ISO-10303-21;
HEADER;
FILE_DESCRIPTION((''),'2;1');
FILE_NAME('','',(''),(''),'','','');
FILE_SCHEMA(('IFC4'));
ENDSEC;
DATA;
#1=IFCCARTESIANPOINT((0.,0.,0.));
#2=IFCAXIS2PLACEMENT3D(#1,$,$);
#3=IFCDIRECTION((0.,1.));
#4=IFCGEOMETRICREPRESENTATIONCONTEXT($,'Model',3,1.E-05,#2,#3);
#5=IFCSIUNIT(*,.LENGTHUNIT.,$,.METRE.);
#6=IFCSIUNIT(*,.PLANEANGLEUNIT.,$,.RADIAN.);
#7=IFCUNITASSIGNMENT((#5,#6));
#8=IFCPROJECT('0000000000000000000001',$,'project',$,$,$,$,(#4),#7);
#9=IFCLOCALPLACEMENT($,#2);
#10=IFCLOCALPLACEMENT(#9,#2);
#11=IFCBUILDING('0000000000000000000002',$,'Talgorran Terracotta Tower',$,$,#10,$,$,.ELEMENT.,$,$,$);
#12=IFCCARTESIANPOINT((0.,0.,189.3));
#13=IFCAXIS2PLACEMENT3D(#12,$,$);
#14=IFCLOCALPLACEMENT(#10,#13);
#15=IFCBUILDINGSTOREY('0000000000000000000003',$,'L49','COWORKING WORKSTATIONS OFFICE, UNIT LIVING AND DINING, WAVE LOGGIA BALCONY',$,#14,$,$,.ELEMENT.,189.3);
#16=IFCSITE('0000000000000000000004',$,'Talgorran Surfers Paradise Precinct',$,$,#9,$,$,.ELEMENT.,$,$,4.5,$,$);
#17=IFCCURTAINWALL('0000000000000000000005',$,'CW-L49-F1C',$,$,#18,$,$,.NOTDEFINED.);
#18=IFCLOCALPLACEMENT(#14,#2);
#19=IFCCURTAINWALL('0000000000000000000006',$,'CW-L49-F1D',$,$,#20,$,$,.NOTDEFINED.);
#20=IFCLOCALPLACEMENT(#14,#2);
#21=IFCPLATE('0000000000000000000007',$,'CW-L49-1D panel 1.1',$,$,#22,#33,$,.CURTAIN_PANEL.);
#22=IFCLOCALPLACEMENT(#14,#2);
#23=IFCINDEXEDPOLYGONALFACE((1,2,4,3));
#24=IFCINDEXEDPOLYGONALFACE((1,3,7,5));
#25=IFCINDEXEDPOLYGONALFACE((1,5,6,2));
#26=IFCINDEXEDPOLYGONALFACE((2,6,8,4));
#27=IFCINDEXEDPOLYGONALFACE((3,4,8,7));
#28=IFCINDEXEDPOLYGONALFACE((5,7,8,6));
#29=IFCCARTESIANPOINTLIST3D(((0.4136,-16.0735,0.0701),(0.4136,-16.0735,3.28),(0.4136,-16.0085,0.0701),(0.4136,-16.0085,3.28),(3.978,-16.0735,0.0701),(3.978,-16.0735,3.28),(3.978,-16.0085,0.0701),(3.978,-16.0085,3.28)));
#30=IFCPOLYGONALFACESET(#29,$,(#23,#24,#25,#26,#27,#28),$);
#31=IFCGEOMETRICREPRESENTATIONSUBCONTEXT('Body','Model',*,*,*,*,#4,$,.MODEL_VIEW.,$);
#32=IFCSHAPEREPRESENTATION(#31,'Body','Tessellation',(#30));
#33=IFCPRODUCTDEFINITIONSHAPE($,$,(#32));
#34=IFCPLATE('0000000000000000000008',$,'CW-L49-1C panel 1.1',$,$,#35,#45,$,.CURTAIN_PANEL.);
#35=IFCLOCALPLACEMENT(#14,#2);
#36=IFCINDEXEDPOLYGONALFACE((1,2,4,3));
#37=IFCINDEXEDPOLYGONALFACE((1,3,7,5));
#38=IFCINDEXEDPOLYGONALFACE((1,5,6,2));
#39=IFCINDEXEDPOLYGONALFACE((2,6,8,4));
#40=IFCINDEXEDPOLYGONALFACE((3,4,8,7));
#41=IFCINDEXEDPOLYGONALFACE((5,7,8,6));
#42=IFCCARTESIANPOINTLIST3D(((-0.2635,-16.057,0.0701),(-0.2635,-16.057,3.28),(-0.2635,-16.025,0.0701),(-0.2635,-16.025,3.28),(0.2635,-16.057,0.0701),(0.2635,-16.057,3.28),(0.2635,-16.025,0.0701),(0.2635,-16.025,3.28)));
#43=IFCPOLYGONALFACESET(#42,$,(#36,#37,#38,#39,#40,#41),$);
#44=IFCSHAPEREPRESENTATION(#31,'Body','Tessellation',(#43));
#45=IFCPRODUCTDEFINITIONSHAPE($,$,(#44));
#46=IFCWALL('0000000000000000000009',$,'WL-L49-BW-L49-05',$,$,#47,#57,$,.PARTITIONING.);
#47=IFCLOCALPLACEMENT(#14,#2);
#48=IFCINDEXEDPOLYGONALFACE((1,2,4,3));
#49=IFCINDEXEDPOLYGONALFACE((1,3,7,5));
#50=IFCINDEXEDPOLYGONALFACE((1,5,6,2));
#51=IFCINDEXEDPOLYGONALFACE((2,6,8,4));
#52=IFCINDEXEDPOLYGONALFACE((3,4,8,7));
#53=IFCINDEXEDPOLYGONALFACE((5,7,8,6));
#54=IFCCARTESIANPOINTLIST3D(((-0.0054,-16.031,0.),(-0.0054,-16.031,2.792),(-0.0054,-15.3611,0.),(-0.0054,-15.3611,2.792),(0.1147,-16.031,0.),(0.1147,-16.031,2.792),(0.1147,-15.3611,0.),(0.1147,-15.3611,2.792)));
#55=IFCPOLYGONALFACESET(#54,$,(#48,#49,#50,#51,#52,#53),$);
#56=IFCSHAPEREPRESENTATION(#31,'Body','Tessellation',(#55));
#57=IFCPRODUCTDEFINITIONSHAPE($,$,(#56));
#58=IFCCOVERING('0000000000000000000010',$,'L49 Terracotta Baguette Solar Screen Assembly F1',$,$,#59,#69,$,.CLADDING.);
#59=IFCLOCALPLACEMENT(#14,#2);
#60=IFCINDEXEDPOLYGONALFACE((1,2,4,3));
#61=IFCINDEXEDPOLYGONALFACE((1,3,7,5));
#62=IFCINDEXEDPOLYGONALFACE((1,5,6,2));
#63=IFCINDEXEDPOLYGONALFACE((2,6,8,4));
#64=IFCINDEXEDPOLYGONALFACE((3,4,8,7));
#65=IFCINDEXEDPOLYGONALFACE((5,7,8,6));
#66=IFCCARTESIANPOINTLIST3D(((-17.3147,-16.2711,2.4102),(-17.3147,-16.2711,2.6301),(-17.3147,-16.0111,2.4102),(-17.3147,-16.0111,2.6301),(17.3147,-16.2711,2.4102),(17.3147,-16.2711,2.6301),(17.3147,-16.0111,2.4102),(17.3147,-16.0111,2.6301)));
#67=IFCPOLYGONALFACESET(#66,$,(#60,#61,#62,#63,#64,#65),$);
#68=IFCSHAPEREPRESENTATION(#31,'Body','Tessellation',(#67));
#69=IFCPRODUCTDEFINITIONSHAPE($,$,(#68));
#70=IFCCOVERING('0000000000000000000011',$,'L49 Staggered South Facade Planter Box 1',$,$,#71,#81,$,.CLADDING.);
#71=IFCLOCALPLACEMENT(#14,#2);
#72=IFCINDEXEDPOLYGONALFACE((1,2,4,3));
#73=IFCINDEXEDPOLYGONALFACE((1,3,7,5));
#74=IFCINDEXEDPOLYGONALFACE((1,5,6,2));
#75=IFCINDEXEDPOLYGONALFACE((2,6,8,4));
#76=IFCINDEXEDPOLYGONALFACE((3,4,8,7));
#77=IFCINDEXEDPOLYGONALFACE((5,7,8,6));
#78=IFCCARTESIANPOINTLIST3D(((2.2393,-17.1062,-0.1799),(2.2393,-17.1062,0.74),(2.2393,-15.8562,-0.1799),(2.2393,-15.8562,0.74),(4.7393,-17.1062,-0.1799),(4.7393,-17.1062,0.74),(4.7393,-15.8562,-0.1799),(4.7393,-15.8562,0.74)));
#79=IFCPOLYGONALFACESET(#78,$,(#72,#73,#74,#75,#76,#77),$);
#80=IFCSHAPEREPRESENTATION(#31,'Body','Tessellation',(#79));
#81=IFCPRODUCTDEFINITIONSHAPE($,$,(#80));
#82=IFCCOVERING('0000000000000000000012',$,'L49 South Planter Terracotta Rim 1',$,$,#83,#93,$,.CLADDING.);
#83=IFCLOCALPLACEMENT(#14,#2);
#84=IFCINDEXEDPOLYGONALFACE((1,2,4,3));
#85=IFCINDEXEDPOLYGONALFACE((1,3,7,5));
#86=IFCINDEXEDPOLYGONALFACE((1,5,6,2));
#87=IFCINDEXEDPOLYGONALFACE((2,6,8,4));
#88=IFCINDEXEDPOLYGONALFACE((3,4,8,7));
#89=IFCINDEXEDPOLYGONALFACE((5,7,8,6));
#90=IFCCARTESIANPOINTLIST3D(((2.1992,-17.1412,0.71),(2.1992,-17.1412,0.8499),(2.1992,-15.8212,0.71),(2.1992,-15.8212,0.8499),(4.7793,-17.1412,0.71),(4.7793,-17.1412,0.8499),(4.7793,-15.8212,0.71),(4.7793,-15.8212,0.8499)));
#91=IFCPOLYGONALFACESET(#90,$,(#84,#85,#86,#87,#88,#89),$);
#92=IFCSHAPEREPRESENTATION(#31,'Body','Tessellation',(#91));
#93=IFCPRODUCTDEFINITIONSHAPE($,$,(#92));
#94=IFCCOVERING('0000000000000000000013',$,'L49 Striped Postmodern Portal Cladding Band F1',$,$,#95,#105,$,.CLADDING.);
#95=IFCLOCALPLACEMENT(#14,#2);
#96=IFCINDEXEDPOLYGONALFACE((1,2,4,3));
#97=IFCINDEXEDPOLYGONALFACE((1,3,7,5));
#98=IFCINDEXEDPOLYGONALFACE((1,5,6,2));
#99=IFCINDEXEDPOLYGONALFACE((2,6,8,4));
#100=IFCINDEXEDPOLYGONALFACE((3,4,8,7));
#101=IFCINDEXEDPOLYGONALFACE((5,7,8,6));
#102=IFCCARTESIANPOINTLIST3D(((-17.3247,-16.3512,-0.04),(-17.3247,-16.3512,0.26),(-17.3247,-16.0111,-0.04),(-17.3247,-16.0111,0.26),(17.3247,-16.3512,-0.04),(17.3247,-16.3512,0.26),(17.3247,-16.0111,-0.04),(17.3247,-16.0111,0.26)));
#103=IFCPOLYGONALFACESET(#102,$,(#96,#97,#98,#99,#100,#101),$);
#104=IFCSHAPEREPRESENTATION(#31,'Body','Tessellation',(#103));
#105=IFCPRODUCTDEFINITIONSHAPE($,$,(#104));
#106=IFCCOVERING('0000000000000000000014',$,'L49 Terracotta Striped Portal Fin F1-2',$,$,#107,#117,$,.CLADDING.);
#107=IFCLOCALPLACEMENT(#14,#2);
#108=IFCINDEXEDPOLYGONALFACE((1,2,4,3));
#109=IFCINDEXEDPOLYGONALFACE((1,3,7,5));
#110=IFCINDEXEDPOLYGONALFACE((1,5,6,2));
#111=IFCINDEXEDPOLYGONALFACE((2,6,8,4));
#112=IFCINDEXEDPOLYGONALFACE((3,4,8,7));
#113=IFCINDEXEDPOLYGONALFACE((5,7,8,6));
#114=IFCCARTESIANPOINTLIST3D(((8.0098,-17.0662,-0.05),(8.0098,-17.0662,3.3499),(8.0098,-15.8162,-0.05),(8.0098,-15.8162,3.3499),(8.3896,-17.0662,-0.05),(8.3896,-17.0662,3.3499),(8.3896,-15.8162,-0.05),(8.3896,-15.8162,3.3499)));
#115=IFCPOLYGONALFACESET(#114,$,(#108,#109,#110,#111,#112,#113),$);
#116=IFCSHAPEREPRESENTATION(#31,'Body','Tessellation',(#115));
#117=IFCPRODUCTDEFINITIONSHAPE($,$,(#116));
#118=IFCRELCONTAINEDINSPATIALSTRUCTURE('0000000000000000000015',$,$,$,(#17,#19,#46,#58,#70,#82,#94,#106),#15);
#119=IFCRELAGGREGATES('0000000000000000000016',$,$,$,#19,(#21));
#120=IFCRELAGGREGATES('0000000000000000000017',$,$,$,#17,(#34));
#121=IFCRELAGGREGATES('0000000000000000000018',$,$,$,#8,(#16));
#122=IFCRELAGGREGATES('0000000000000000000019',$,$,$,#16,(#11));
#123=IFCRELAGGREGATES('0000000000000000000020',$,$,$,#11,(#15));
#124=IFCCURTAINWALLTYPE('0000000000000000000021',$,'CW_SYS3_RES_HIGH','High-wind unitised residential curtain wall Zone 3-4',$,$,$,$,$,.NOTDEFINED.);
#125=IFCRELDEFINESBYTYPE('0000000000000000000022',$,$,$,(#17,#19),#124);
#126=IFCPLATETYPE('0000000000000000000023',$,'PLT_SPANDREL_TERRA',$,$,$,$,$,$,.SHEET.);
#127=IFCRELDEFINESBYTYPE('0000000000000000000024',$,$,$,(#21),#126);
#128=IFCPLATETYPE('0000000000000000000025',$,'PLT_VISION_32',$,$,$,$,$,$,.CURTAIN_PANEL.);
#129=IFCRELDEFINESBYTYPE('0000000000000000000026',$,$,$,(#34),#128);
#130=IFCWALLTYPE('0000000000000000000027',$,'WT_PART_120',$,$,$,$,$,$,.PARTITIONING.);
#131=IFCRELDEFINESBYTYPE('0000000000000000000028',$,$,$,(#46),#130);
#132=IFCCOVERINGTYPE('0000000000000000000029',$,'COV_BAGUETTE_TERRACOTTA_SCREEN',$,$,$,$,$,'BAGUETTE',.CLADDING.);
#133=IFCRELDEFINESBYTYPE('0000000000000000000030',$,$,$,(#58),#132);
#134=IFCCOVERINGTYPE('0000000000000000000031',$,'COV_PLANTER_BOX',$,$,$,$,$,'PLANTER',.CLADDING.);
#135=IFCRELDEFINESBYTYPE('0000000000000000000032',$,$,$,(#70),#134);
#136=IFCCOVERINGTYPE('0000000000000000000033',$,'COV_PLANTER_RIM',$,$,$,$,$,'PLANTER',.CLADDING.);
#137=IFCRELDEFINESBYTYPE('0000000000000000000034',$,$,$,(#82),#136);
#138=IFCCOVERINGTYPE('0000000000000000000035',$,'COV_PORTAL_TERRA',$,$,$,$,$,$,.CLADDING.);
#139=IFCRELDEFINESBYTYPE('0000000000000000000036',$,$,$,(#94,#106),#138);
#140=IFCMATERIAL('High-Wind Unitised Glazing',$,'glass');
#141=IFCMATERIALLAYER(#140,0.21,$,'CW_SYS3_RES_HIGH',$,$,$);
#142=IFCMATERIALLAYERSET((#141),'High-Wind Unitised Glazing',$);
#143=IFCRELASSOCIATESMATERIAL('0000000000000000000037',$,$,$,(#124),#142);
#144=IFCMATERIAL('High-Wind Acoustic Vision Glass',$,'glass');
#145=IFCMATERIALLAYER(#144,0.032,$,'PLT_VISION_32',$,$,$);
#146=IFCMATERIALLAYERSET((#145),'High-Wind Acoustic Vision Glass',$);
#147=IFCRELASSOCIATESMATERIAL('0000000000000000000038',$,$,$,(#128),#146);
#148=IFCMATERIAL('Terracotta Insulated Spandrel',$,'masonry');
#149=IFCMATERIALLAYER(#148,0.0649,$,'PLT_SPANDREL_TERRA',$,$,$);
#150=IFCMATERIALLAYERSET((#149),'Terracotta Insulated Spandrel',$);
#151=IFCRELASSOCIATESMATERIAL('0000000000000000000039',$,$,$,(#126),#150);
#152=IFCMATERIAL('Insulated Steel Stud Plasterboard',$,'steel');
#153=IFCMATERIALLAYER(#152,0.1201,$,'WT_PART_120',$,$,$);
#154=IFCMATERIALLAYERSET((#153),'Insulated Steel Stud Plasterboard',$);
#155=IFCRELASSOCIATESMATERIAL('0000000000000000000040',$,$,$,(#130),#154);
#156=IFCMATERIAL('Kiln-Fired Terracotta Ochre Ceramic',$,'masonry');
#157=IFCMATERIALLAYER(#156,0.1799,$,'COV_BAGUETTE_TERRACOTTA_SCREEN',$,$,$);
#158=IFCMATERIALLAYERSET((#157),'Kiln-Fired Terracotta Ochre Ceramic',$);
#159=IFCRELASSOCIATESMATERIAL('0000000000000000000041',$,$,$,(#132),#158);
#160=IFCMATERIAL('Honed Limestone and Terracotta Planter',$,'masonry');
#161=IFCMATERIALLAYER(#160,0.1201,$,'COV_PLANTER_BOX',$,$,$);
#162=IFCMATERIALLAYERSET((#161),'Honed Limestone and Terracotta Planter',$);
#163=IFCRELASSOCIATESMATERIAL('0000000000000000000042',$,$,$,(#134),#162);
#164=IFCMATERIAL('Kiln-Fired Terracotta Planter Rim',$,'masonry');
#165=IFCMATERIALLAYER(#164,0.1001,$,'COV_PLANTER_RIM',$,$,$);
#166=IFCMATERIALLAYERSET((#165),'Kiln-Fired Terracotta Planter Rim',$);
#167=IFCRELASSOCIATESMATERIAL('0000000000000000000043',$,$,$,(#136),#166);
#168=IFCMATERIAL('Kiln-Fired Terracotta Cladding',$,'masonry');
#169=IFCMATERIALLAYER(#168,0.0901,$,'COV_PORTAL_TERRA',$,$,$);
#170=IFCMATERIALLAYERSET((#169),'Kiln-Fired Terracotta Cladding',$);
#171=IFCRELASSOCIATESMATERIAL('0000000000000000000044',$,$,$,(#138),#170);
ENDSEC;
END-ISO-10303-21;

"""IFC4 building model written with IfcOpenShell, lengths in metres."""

from ifc_helpers import new_model, si_unit, direction, frame, frame_2d, origin, origin_2d, place, context, subcontext, project, spatial, rectangle, extrude, source, transform, mapped, material, layer, layer_set, type_object, type_shapes, element, aggregate, save


model = new_model("IFC4")

# Units and contexts
model_context = context("Model", 3, precision=1e-05, world=origin(), true_north=direction((0.0, 1.0)))
body_context = subcontext(model_context, "Body", "Model", "MODEL_VIEW")
ifc_project = project(units=[si_unit("LENGTHUNIT", "METRE"), si_unit("PLANEANGLEUNIT", "RADIAN")], contexts=[model_context])

# Site, building, storey
site_placement = place(None, origin())
site = spatial("IfcSite", under=ifc_project, at=site_placement, Name="Talgorran Surfers Paradise Precinct", CompositionType="ELEMENT", RefElevation=4.5)
building_placement = place(site_placement, origin())
building = spatial("IfcBuilding", under=site, at=building_placement, Name="Talgorran Terracotta Tower", CompositionType="ELEMENT")
storey_placement = place(building_placement, frame((0.0, 0.0, 189.3)))
storey = spatial("IfcBuildingStorey", under=building, at=storey_placement, Name="L49", Description="COWORKING WORKSTATIONS OFFICE, UNIT LIVING AND DINING, WAVE LOGGIA BALCONY", CompositionType="ELEMENT", Elevation=189.3)

# Curtain wall
ifc_material_1 = material(Name="High-Wind Unitised Glazing", Category="glass")
ifc_layer_1 = layer(ifc_material_1, 0.21, Name="CW_SYS3_RES_HIGH")
ifc_layer_set_1 = layer_set([ifc_layer_1], Name="High-Wind Unitised Glazing")
curtain_wall_type = type_object("IfcCurtainWallType", Name="CW_SYS3_RES_HIGH", Description="High-wind unitised residential curtain wall Zone 3-4", PredefinedType="NOTDEFINED", material=ifc_layer_set_1)
curtain_wall_1_placement = place(storey_placement, origin())
curtain_wall_1 = element("IfcCurtainWall", 1, at=curtain_wall_1_placement, inside=storey, type_object=curtain_wall_type, Name="CW-L49-F1C", PredefinedType="NOTDEFINED")

# Curtain wall
curtain_wall_2_placement = place(storey_placement, origin())
curtain_wall_2 = element("IfcCurtainWall", 2, at=curtain_wall_2_placement, inside=storey, type_object=curtain_wall_type, Name="CW-L49-F1D", PredefinedType="NOTDEFINED")

# Plates
ifc_material_2 = material(Name="High-Wind Acoustic Vision Glass", Category="glass")
ifc_layer_2 = layer(ifc_material_2, 0.032, Name="PLT_VISION_32")
ifc_layer_set_2 = layer_set([ifc_layer_2], Name="High-Wind Acoustic Vision Glass")
plate_type_1 = type_object("IfcPlateType", Name="PLT_VISION_32", PredefinedType="CURTAIN_PANEL", material=ifc_layer_set_2)
ifc_material_3 = material(Name="Terracotta Insulated Spandrel", Category="masonry")
ifc_layer_3 = layer(ifc_material_3, 0.0649, Name="PLT_SPANDREL_TERRA")
ifc_layer_set_3 = layer_set([ifc_layer_3], Name="Terracotta Insulated Spandrel")
plate_type_2 = type_object("IfcPlateType", Name="PLT_SPANDREL_TERRA", PredefinedType="SHEET", material=ifc_layer_set_3)
shared_shape_1 = source(origin(), body_context, "Body", "SweptSolid", [
    extrude(rectangle(XDim=3.5645, YDim=0.0649, at=origin_2d()), origin(), (0.0, 0.0, 1.0), 3.21),
])
type_shapes(plate_type_2, [shared_shape_1])
plate_1_placement = place(storey_placement, frame((2.1958, -16.041, 0.0701), z_axis=(0.0, 0.0, 1.0), x_axis=(1.0, 0.0, 0.0)))
plate_1 = element("IfcPlate", 3, at=plate_1_placement, type_object=plate_type_2, Name="CW-L49-1D panel 1.1", PredefinedType="CURTAIN_PANEL", context=body_context, shape_type="MappedRepresentation", body=[
    mapped(shared_shape_1, transform((0.0, 0.0, 0.0), scale=1.0)),
])
aggregate(curtain_wall_2, [plate_1])
shared_shape_2 = source(origin(), body_context, "Body", "SweptSolid", [
    extrude(rectangle(XDim=0.5271, YDim=0.032, at=origin_2d()), origin(), (0.0, 0.0, 1.0), 3.21),
])
plate_2_placement = place(storey_placement, frame((0.0, -16.041, 0.0701), z_axis=(0.0, 0.0, 1.0), x_axis=(1.0, 0.0, 0.0)))
plate_2 = element("IfcPlate", 4, at=plate_2_placement, type_object=plate_type_1, Name="CW-L49-1C panel 1.1", PredefinedType="CURTAIN_PANEL", context=body_context, shape_type="MappedRepresentation", body=[
    mapped(shared_shape_2, transform((0.0, 0.0, 0.0), scale=1.0)),
])
aggregate(curtain_wall_1, [plate_2])

# Wall
ifc_material_4 = material(Name="Insulated Steel Stud Plasterboard", Category="steel")
ifc_layer_4 = layer(ifc_material_4, 0.1201, Name="WT_PART_120")
ifc_layer_set_4 = layer_set([ifc_layer_4], Name="Insulated Steel Stud Plasterboard")
wall_type = type_object("IfcWallType", Name="WT_PART_120", PredefinedType="PARTITIONING", material=ifc_layer_set_4)
wall_placement = place(storey_placement, frame((0.0547, -16.031, 0.0), z_axis=(0.0, 0.0, 1.0), x_axis=(0.0, 1.0, 0.0)))
element("IfcWall", 5, at=wall_placement, inside=storey, type_object=wall_type, Name="WL-L49-BW-L49-05", PredefinedType="PARTITIONING", context=body_context, shape_type="SweptSolid", body=[
    extrude(rectangle(XDim=0.6699, YDim=0.1201, at=frame_2d((0.335, 0.0))), origin(), (0.0, 0.0, 1.0), 2.792),
])

# Coverings
ifc_material_5 = material(Name="Kiln-Fired Terracotta Ochre Ceramic", Category="masonry")
ifc_layer_5 = layer(ifc_material_5, 0.1799, Name="COV_BAGUETTE_TERRACOTTA_SCREEN")
ifc_layer_set_5 = layer_set([ifc_layer_5], Name="Kiln-Fired Terracotta Ochre Ceramic")
covering_type_1 = type_object("IfcCoveringType", Name="COV_BAGUETTE_TERRACOTTA_SCREEN", ElementType="BAGUETTE", PredefinedType="CLADDING", material=ifc_layer_set_5)
covering_1_placement = place(storey_placement, frame((0.0, -16.1411, 2.4102), z_axis=(0.0, 0.0, 1.0), x_axis=(1.0, 0.0, 0.0)))
element("IfcCovering", 6, at=covering_1_placement, inside=storey, type_object=covering_type_1, Name="L49 Terracotta Baguette Solar Screen Assembly F1", PredefinedType="CLADDING", context=body_context, shape_type="SweptSolid", body=[
    extrude(rectangle(XDim=34.6294, YDim=0.26, at=origin_2d()), origin(), (0.0, 0.0, 1.0), 0.22),
])
ifc_material_6 = material(Name="Honed Limestone and Terracotta Planter", Category="masonry")
ifc_layer_6 = layer(ifc_material_6, 0.1201, Name="COV_PLANTER_BOX")
ifc_layer_set_6 = layer_set([ifc_layer_6], Name="Honed Limestone and Terracotta Planter")
covering_type_2 = type_object("IfcCoveringType", Name="COV_PLANTER_BOX", ElementType="PLANTER", PredefinedType="CLADDING", material=ifc_layer_set_6)
covering_2_placement = place(storey_placement, frame((3.4893, -16.4812, -0.1799), z_axis=(0.0, 0.0, 1.0), x_axis=(1.0, 0.0, 0.0)))
element("IfcCovering", 7, at=covering_2_placement, inside=storey, type_object=covering_type_2, Name="L49 Staggered South Facade Planter Box 1", PredefinedType="CLADDING", context=body_context, shape_type="SweptSolid", body=[
    extrude(rectangle(XDim=2.5, YDim=1.25, at=origin_2d()), origin(), (0.0, 0.0, 1.0), 0.9199),
])
ifc_material_7 = material(Name="Kiln-Fired Terracotta Planter Rim", Category="masonry")
ifc_layer_7 = layer(ifc_material_7, 0.1001, Name="COV_PLANTER_RIM")
ifc_layer_set_7 = layer_set([ifc_layer_7], Name="Kiln-Fired Terracotta Planter Rim")
covering_type_3 = type_object("IfcCoveringType", Name="COV_PLANTER_RIM", ElementType="PLANTER", PredefinedType="CLADDING", material=ifc_layer_set_7)
covering_3_placement = place(storey_placement, frame((3.4893, -16.4812, 0.71), z_axis=(0.0, 0.0, 1.0), x_axis=(1.0, 0.0, 0.0)))
element("IfcCovering", 8, at=covering_3_placement, inside=storey, type_object=covering_type_3, Name="L49 South Planter Terracotta Rim 1", PredefinedType="CLADDING", context=body_context, shape_type="SweptSolid", body=[
    extrude(rectangle(XDim=2.5801, YDim=1.3201, at=origin_2d()), origin(), (0.0, 0.0, 1.0), 0.1399),
])
ifc_material_8 = material(Name="Kiln-Fired Terracotta Cladding", Category="masonry")
ifc_layer_8 = layer(ifc_material_8, 0.0901, Name="COV_PORTAL_TERRA")
ifc_layer_set_8 = layer_set([ifc_layer_8], Name="Kiln-Fired Terracotta Cladding")
covering_type_4 = type_object("IfcCoveringType", Name="COV_PORTAL_TERRA", PredefinedType="CLADDING", material=ifc_layer_set_8)
covering_4_placement = place(storey_placement, frame((0.0, -16.1812, -0.04), z_axis=(0.0, 0.0, 1.0), x_axis=(1.0, 0.0, 0.0)))
element("IfcCovering", 9, at=covering_4_placement, inside=storey, type_object=covering_type_4, Name="L49 Striped Postmodern Portal Cladding Band F1", PredefinedType="CLADDING", context=body_context, shape_type="SweptSolid", body=[
    extrude(rectangle(XDim=34.6494, YDim=0.3401, at=origin_2d()), origin(), (0.0, 0.0, 1.0), 0.3),
])
covering_5_placement = place(storey_placement, frame((8.1997, -16.4412, -0.05), z_axis=(0.0, 0.0, 1.0), x_axis=(1.0, 0.0, 0.0)))
element("IfcCovering", 10, at=covering_5_placement, inside=storey, type_object=covering_type_4, Name="L49 Terracotta Striped Portal Fin F1-2", PredefinedType="CLADDING", context=body_context, shape_type="SweptSolid", body=[
    extrude(rectangle(XDim=0.3799, YDim=1.25, at=origin_2d()), origin(), (0.0, 0.0, 1.0), 3.3999),
])

save(model, "model.ifc")
